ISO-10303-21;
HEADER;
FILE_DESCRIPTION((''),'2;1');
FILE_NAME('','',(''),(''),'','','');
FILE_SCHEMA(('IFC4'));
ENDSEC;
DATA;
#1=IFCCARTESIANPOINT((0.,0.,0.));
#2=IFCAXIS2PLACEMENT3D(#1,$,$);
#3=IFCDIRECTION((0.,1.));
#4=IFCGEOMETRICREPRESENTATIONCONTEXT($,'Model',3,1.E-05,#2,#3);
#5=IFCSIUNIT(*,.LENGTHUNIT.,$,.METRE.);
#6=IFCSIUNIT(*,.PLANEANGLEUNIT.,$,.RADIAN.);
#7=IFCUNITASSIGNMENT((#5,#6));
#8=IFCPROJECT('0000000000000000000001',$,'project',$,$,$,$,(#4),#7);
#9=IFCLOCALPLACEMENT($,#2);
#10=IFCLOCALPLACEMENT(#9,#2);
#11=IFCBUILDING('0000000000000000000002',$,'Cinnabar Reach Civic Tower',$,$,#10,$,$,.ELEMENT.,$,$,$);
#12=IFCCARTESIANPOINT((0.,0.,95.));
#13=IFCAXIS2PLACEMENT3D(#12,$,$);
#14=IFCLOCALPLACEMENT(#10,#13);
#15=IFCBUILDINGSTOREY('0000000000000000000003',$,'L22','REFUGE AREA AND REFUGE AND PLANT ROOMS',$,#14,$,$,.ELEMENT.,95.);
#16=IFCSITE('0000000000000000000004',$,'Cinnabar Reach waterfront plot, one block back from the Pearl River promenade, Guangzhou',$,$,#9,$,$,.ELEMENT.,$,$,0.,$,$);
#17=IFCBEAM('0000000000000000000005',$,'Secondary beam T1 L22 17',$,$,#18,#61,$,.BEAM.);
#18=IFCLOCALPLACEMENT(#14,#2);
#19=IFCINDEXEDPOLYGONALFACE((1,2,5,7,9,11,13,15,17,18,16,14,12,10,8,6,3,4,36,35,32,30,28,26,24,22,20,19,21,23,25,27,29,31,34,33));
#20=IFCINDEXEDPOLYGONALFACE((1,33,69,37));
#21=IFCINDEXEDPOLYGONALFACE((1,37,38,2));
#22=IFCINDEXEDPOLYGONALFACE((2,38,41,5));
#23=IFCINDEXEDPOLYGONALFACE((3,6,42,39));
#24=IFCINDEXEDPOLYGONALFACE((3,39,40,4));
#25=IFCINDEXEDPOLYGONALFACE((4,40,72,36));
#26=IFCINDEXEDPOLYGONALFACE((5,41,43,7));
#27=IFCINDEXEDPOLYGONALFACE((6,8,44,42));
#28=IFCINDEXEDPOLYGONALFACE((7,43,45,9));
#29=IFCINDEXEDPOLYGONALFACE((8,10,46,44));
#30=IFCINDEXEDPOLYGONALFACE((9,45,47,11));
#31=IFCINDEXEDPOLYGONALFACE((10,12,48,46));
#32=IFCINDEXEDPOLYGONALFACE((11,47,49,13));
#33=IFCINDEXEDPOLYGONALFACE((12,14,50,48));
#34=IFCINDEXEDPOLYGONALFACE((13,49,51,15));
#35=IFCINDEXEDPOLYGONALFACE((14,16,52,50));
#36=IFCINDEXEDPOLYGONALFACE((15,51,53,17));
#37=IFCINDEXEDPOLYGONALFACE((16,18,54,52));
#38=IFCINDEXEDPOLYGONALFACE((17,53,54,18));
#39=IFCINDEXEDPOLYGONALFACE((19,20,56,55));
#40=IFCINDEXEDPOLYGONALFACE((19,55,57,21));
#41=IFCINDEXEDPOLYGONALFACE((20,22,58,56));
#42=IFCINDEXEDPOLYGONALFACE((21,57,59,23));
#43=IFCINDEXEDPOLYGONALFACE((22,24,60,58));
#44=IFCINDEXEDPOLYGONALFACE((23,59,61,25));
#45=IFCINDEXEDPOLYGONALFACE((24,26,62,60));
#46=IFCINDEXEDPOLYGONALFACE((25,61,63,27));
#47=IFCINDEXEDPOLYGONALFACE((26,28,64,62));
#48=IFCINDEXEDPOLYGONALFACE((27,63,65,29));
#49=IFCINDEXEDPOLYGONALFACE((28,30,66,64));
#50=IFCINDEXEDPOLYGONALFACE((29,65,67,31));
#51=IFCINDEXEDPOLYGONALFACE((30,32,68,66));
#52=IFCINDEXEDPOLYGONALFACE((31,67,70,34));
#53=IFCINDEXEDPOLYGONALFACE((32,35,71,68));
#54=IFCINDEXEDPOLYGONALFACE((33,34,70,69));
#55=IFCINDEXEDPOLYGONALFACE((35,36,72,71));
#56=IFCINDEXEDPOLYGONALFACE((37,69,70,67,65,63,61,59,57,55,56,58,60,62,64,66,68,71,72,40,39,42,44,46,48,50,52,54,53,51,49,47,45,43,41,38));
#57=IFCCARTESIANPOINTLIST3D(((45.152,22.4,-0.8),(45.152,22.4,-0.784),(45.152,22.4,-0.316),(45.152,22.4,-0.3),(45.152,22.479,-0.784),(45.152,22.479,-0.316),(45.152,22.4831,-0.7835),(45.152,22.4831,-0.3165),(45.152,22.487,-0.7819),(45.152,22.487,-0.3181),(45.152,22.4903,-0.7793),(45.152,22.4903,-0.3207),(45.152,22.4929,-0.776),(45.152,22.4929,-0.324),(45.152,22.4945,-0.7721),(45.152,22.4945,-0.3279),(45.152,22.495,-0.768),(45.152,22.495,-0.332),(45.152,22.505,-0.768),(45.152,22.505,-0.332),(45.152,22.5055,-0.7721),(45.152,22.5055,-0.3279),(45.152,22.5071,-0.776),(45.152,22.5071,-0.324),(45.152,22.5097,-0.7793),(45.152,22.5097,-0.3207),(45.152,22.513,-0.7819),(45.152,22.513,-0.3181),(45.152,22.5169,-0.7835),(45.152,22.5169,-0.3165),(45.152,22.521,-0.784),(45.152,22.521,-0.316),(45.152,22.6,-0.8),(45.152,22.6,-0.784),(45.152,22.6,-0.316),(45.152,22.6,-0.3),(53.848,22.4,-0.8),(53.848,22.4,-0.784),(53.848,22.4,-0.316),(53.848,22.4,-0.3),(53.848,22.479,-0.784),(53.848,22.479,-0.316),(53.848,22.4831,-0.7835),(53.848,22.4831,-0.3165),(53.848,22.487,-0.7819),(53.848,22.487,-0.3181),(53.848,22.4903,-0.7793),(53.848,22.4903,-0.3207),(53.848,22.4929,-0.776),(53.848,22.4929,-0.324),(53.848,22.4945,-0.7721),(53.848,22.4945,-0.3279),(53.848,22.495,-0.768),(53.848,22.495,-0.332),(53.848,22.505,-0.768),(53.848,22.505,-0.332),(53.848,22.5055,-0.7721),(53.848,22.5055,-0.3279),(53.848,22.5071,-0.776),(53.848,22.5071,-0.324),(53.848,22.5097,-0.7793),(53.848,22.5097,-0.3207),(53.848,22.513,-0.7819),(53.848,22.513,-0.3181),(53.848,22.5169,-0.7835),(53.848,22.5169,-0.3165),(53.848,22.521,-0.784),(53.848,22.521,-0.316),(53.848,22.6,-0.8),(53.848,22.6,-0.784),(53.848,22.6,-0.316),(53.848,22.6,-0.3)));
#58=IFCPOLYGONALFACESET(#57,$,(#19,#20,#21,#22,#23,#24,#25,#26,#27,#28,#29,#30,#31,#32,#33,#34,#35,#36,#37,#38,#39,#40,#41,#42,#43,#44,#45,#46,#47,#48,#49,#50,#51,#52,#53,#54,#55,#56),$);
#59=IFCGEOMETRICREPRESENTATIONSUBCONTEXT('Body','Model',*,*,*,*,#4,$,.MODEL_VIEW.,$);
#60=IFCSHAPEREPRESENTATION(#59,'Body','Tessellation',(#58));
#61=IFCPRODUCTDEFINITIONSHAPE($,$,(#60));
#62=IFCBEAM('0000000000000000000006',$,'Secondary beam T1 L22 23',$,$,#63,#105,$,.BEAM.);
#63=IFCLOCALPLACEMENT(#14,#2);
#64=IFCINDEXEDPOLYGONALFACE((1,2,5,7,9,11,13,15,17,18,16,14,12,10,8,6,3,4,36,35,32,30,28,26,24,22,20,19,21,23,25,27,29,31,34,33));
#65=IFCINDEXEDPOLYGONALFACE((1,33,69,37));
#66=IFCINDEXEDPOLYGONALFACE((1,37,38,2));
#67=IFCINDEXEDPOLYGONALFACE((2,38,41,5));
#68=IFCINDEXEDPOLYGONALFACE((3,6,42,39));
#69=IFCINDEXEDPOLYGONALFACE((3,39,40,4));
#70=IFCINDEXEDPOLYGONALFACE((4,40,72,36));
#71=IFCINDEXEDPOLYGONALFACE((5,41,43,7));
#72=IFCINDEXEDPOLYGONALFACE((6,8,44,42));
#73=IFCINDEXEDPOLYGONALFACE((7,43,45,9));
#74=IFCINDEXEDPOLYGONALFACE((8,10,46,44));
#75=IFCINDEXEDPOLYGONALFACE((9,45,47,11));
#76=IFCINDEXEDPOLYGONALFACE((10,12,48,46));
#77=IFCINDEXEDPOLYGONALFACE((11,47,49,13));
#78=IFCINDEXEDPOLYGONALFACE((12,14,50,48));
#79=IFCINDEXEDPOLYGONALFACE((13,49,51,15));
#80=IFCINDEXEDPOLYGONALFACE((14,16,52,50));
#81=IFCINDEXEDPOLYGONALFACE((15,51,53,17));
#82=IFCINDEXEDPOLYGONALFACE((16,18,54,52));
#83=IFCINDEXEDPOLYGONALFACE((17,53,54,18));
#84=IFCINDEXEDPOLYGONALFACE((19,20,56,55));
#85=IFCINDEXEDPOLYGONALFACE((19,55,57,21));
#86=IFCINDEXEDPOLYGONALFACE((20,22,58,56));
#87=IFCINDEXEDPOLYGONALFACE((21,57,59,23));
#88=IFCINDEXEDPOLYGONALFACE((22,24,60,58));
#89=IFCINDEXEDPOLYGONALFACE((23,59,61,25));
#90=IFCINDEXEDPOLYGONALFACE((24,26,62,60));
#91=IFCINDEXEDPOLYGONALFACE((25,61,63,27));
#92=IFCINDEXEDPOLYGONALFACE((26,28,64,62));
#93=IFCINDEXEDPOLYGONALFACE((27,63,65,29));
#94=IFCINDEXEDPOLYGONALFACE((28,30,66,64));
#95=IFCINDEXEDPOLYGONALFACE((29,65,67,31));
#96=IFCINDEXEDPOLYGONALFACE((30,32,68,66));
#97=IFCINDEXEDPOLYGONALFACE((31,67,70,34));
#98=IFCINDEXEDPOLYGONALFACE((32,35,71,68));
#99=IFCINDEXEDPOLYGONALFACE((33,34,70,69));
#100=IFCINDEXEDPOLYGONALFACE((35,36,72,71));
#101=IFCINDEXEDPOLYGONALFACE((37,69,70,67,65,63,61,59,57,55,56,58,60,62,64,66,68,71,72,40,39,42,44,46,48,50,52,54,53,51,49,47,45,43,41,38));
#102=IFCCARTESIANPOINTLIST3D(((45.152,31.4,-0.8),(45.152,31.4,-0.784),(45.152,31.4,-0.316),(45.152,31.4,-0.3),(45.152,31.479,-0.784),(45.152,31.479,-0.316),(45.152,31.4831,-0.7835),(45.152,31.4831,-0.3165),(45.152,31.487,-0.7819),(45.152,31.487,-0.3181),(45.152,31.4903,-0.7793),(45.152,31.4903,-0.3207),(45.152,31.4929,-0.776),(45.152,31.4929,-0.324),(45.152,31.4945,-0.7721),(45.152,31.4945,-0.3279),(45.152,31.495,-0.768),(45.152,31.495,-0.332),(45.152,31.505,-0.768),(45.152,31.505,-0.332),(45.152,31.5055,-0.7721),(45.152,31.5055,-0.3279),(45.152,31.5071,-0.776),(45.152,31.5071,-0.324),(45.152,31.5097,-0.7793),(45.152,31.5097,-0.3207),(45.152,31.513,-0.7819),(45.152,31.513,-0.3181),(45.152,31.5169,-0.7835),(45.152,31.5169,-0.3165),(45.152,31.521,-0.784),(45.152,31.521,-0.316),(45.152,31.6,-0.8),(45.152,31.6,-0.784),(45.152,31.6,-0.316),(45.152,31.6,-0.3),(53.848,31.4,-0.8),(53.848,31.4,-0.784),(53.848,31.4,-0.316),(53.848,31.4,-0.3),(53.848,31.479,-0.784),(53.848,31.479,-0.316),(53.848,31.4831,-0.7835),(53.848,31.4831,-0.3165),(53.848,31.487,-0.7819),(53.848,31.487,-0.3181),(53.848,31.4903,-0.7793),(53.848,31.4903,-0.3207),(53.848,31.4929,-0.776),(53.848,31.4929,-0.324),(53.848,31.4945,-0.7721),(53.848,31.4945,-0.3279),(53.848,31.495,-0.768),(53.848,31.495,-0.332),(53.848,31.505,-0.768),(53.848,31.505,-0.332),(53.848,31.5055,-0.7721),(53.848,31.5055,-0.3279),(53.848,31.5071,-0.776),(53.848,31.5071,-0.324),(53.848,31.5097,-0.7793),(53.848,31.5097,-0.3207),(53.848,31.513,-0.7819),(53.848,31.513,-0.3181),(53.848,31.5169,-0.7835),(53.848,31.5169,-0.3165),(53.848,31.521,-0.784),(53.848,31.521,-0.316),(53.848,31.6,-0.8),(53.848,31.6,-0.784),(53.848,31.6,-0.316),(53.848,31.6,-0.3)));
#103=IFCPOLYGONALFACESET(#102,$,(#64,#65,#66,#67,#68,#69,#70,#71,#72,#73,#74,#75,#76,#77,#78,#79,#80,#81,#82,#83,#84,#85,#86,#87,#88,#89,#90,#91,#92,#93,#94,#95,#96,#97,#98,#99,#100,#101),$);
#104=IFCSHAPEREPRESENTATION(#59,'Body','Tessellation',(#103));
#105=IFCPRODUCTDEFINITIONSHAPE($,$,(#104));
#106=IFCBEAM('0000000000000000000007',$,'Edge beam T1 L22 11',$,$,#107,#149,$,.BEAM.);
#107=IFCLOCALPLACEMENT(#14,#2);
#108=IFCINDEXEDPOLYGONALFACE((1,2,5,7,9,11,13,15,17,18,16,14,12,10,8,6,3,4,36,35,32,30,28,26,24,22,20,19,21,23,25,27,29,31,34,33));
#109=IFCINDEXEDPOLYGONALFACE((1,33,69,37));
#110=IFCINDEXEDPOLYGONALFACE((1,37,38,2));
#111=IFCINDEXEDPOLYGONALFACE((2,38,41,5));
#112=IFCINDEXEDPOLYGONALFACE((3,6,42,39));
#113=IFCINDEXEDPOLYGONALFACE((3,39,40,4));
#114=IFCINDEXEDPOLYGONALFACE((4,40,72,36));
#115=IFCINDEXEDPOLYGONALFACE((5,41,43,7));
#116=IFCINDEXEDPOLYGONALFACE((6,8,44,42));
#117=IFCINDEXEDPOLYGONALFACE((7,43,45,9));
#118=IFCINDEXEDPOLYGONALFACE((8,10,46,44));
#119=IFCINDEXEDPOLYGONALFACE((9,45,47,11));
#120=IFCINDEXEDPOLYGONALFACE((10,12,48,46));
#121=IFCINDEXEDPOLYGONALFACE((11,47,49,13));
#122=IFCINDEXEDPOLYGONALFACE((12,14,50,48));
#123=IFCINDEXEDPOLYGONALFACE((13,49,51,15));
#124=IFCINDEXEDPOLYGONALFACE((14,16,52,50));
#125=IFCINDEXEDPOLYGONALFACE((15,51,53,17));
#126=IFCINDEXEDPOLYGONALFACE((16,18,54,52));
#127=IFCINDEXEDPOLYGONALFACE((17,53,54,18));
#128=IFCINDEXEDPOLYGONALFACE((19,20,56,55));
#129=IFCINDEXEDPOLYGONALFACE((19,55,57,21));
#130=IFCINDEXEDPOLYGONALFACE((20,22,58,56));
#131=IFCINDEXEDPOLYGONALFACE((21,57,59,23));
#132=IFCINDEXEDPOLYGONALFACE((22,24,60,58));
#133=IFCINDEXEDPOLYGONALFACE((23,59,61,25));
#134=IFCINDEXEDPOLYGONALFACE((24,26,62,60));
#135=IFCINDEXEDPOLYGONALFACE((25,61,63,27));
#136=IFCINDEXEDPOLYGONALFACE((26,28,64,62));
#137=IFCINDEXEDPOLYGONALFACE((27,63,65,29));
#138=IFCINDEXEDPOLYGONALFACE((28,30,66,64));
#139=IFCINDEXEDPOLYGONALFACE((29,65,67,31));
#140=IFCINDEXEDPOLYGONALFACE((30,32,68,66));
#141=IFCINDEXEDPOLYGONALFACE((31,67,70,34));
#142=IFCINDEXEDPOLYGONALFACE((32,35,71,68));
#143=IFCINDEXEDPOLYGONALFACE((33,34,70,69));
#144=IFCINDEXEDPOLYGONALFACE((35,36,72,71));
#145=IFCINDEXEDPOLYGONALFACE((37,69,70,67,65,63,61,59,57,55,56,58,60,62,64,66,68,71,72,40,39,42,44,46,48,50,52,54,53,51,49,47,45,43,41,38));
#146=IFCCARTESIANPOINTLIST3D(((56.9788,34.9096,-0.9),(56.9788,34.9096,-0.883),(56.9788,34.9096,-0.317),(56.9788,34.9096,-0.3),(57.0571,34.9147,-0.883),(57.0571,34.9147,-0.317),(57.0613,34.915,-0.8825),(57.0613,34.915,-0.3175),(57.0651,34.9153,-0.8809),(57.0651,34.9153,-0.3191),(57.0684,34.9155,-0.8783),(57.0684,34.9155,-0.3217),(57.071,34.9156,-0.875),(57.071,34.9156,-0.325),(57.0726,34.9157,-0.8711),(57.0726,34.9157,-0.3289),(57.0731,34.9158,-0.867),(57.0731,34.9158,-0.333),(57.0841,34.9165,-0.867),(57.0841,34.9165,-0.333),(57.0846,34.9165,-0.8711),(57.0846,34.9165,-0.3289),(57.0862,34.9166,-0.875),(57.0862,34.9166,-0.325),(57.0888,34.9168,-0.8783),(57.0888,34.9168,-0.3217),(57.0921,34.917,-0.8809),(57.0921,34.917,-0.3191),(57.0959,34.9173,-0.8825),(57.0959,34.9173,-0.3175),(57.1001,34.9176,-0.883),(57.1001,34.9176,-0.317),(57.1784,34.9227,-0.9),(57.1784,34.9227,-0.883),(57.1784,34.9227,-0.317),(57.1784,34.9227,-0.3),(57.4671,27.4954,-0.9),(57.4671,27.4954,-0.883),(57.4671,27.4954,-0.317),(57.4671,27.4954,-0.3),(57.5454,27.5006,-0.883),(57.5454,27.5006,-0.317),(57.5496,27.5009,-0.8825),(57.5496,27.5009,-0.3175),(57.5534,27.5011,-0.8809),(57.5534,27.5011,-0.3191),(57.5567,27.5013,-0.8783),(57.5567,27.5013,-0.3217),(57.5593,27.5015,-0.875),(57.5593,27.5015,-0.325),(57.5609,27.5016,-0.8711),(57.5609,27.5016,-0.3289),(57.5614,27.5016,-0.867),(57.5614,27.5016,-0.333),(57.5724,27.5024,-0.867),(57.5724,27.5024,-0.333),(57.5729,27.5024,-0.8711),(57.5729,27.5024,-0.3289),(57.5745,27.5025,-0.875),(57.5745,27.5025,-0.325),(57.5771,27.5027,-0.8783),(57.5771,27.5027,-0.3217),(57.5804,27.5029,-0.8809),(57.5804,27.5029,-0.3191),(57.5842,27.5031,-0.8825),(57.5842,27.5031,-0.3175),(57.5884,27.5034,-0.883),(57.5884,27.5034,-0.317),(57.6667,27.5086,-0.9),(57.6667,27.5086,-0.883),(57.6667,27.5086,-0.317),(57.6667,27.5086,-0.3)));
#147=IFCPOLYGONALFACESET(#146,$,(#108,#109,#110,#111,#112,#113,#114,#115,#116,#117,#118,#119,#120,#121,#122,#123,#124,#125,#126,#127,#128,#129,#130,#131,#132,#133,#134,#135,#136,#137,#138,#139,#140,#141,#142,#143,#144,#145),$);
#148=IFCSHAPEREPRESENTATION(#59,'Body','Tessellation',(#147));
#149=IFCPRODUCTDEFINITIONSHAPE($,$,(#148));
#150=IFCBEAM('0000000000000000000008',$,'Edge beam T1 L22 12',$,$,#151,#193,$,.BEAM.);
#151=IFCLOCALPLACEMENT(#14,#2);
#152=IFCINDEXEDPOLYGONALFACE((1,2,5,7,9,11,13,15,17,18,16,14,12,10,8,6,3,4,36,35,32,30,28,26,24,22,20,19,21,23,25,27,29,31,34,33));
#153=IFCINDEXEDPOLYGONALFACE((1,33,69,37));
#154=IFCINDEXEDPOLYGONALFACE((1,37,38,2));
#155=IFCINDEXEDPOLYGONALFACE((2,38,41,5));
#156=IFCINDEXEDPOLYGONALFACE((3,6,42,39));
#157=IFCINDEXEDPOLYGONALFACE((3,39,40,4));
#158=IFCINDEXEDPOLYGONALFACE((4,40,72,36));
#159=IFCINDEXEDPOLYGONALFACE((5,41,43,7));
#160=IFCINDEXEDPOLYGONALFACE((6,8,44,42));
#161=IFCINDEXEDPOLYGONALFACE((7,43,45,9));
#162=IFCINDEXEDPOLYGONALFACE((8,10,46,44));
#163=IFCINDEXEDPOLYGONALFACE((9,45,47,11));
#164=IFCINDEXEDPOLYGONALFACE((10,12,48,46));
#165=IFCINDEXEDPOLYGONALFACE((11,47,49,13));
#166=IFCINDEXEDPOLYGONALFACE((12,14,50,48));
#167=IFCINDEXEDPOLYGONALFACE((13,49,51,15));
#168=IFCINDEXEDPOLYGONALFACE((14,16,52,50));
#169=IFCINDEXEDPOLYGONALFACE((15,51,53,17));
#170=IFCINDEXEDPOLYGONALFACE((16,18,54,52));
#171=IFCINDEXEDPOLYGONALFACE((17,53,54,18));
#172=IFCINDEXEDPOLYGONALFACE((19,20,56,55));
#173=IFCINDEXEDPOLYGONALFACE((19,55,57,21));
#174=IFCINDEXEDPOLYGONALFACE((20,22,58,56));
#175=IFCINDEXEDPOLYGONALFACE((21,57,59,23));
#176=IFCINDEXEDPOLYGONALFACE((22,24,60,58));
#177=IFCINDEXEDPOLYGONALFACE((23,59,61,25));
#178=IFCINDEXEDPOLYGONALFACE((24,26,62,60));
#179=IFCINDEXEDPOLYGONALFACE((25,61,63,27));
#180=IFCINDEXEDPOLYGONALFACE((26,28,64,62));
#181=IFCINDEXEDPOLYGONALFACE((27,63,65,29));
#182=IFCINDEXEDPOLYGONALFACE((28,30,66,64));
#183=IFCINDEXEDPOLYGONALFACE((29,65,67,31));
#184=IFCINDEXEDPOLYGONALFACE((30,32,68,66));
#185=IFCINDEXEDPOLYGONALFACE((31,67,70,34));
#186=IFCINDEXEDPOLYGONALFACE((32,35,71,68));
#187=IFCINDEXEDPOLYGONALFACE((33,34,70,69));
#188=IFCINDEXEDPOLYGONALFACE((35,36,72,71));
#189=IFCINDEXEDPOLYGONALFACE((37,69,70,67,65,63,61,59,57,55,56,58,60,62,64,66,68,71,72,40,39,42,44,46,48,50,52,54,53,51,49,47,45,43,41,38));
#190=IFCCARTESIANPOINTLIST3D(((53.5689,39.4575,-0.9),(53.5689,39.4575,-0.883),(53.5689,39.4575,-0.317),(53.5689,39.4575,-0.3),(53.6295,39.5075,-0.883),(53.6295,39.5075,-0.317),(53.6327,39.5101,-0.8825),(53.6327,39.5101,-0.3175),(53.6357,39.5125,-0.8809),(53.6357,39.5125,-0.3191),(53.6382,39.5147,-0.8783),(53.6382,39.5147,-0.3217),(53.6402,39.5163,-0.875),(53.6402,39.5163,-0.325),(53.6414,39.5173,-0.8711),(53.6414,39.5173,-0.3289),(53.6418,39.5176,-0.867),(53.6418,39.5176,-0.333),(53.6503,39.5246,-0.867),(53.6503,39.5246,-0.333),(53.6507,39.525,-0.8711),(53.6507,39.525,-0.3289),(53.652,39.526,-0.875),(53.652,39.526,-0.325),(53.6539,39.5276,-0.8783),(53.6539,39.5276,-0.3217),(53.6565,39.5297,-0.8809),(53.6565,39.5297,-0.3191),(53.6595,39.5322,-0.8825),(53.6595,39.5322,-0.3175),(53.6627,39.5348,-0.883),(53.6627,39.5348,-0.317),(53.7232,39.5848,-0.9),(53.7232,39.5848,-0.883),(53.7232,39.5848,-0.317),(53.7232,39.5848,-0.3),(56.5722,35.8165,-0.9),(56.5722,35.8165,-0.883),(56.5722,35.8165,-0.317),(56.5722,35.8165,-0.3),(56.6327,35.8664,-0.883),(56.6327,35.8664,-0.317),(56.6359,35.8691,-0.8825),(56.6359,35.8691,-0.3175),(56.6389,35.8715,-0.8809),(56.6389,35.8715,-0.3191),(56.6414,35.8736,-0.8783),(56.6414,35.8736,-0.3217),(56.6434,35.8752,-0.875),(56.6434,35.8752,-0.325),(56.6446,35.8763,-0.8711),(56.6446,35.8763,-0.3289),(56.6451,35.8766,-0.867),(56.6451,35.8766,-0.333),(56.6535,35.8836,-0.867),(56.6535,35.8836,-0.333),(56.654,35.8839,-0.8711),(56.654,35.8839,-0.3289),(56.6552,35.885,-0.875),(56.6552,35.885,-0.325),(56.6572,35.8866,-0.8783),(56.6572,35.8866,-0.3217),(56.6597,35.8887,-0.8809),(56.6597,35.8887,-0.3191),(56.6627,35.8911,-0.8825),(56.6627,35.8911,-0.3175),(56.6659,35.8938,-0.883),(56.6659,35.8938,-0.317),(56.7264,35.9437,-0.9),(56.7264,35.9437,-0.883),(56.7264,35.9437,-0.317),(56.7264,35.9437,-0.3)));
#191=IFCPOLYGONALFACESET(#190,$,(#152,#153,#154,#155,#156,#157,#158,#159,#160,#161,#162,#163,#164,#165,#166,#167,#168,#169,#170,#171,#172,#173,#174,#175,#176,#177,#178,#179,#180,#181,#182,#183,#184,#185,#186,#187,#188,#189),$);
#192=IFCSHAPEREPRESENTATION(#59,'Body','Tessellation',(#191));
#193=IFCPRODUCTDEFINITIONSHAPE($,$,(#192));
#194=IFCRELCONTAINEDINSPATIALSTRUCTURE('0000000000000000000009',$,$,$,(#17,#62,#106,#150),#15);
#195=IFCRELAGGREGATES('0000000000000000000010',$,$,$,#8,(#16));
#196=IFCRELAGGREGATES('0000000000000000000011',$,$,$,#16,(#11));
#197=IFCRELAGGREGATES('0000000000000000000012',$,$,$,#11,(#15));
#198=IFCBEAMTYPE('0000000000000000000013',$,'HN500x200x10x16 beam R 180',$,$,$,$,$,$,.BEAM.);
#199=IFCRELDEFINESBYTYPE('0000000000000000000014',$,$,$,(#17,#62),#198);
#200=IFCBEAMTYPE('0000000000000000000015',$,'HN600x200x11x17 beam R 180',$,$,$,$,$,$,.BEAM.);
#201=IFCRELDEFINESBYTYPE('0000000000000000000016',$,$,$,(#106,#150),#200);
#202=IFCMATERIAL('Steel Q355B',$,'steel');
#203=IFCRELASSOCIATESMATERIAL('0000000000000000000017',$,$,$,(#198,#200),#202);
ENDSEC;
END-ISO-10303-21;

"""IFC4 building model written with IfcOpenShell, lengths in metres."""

from ifc_helpers import new_model, si_unit, direction, frame, origin, origin_2d, place, context, subcontext, project, spatial, i_section, extrude, material, material_profile, profile_set, type_object, element, save


model = new_model("IFC4")

# Units and contexts
model_context = context("Model", 3, precision=1e-05, world=origin(), true_north=direction((0.0, 1.0)))
body_context = subcontext(model_context, "Body", "Model", "MODEL_VIEW")
ifc_project = project(units=[si_unit("LENGTHUNIT", "METRE"), si_unit("PLANEANGLEUNIT", "RADIAN")], contexts=[model_context])

# Site, building, storey
site_placement = place(None, origin())
site = spatial("IfcSite", under=ifc_project, at=site_placement, Name="Cinnabar Reach waterfront plot, one block back from the Pearl River promenade, Guangzhou", CompositionType="ELEMENT", RefElevation=0.0)
building_placement = place(site_placement, origin())
building = spatial("IfcBuilding", under=site, at=building_placement, Name="Cinnabar Reach Civic Tower", CompositionType="ELEMENT")
storey_placement = place(building_placement, frame((0.0, 0.0, 95.0)))
storey = spatial("IfcBuildingStorey", under=building, at=storey_placement, Name="L22", Description="REFUGE AREA AND REFUGE AND PLANT ROOMS", CompositionType="ELEMENT", Elevation=95.0)

# Beams
ifc_material_1 = material(Name="Steel Q355B", Category="steel")
ifc_material_profile_1 = material_profile(ifc_material_1, i_section(OverallWidth=0.2, OverallDepth=0.5, WebThickness=0.01, FlangeThickness=0.016, FilletRadius=0.016, at=origin_2d()), Name="HN500x200x10x16")
ifc_profile_set_1 = profile_set([ifc_material_profile_1], Name="Steel Q355B")
beam_type_1 = type_object("IfcBeamType", Name="HN500x200x10x16 beam R 180", PredefinedType="BEAM", material=ifc_profile_set_1)
for number, where, z_axis, x_axis, name in (
    (1, (45.152, 22.5, -0.55), (1.0, 0.0, 0.0), (0.0, 1.0, 0.0), "Secondary beam T1 L22 17"),
    (2, (45.152, 31.5, -0.55), (1.0, 0.0, 0.0), (0.0, 1.0, 0.0), "Secondary beam T1 L22 23"),
):
    element("IfcBeam", number, at=place(storey_placement, frame(where, z_axis=z_axis, x_axis=x_axis)), inside=storey, type_object=beam_type_1, Name=name, PredefinedType="BEAM", context=body_context, shape_type="SweptSolid", body=[
        extrude(i_section(OverallWidth=0.2, OverallDepth=0.5, WebThickness=0.01, FlangeThickness=0.016, FilletRadius=0.016, at=origin_2d()), origin(), (0.0, 0.0, 1.0), 8.696),
    ])
ifc_material_profile_2 = material_profile(ifc_material_1, i_section(OverallWidth=0.2, OverallDepth=0.6, WebThickness=0.011, FlangeThickness=0.017, FilletRadius=0.016, at=origin_2d()), Name="HN600x200x11x17")
ifc_profile_set_2 = profile_set([ifc_material_profile_2], Name="Steel Q355B")
beam_type_2 = type_object("IfcBeamType", Name="HN600x200x11x17 beam R 180", PredefinedType="BEAM", material=ifc_profile_set_2)
beam_1_placement = place(storey_placement, frame((57.5669, 27.502, -0.6), z_axis=(-0.065719, 0.997838, 0.0), x_axis=(-0.997838, -0.065719, 0.0)))
element("IfcBeam", 3, at=beam_1_placement, inside=storey, type_object=beam_type_2, Name="Edge beam T1 L22 11", PredefinedType="BEAM", context=body_context, shape_type="SweptSolid", body=[
    extrude(i_section(OverallWidth=0.2, OverallDepth=0.6, WebThickness=0.011, FlangeThickness=0.017, FilletRadius=0.016, at=origin_2d()), origin(), (0.0, 0.0, 1.0), 7.4302),
])
beam_2_placement = place(storey_placement, frame((56.6493, 35.8801, -0.6), z_axis=(-0.636304, 0.771438, 0.0), x_axis=(-0.771438, -0.636304, 0.0)))
element("IfcBeam", 4, at=beam_2_placement, inside=storey, type_object=beam_type_2, Name="Edge beam T1 L22 12", PredefinedType="BEAM", context=body_context, shape_type="SweptSolid", body=[
    extrude(i_section(OverallWidth=0.2, OverallDepth=0.6, WebThickness=0.011, FlangeThickness=0.017, FilletRadius=0.016, at=origin_2d()), origin(), (0.0, 0.0, 1.0), 4.7198),
])

save(model, "model.ifc")
